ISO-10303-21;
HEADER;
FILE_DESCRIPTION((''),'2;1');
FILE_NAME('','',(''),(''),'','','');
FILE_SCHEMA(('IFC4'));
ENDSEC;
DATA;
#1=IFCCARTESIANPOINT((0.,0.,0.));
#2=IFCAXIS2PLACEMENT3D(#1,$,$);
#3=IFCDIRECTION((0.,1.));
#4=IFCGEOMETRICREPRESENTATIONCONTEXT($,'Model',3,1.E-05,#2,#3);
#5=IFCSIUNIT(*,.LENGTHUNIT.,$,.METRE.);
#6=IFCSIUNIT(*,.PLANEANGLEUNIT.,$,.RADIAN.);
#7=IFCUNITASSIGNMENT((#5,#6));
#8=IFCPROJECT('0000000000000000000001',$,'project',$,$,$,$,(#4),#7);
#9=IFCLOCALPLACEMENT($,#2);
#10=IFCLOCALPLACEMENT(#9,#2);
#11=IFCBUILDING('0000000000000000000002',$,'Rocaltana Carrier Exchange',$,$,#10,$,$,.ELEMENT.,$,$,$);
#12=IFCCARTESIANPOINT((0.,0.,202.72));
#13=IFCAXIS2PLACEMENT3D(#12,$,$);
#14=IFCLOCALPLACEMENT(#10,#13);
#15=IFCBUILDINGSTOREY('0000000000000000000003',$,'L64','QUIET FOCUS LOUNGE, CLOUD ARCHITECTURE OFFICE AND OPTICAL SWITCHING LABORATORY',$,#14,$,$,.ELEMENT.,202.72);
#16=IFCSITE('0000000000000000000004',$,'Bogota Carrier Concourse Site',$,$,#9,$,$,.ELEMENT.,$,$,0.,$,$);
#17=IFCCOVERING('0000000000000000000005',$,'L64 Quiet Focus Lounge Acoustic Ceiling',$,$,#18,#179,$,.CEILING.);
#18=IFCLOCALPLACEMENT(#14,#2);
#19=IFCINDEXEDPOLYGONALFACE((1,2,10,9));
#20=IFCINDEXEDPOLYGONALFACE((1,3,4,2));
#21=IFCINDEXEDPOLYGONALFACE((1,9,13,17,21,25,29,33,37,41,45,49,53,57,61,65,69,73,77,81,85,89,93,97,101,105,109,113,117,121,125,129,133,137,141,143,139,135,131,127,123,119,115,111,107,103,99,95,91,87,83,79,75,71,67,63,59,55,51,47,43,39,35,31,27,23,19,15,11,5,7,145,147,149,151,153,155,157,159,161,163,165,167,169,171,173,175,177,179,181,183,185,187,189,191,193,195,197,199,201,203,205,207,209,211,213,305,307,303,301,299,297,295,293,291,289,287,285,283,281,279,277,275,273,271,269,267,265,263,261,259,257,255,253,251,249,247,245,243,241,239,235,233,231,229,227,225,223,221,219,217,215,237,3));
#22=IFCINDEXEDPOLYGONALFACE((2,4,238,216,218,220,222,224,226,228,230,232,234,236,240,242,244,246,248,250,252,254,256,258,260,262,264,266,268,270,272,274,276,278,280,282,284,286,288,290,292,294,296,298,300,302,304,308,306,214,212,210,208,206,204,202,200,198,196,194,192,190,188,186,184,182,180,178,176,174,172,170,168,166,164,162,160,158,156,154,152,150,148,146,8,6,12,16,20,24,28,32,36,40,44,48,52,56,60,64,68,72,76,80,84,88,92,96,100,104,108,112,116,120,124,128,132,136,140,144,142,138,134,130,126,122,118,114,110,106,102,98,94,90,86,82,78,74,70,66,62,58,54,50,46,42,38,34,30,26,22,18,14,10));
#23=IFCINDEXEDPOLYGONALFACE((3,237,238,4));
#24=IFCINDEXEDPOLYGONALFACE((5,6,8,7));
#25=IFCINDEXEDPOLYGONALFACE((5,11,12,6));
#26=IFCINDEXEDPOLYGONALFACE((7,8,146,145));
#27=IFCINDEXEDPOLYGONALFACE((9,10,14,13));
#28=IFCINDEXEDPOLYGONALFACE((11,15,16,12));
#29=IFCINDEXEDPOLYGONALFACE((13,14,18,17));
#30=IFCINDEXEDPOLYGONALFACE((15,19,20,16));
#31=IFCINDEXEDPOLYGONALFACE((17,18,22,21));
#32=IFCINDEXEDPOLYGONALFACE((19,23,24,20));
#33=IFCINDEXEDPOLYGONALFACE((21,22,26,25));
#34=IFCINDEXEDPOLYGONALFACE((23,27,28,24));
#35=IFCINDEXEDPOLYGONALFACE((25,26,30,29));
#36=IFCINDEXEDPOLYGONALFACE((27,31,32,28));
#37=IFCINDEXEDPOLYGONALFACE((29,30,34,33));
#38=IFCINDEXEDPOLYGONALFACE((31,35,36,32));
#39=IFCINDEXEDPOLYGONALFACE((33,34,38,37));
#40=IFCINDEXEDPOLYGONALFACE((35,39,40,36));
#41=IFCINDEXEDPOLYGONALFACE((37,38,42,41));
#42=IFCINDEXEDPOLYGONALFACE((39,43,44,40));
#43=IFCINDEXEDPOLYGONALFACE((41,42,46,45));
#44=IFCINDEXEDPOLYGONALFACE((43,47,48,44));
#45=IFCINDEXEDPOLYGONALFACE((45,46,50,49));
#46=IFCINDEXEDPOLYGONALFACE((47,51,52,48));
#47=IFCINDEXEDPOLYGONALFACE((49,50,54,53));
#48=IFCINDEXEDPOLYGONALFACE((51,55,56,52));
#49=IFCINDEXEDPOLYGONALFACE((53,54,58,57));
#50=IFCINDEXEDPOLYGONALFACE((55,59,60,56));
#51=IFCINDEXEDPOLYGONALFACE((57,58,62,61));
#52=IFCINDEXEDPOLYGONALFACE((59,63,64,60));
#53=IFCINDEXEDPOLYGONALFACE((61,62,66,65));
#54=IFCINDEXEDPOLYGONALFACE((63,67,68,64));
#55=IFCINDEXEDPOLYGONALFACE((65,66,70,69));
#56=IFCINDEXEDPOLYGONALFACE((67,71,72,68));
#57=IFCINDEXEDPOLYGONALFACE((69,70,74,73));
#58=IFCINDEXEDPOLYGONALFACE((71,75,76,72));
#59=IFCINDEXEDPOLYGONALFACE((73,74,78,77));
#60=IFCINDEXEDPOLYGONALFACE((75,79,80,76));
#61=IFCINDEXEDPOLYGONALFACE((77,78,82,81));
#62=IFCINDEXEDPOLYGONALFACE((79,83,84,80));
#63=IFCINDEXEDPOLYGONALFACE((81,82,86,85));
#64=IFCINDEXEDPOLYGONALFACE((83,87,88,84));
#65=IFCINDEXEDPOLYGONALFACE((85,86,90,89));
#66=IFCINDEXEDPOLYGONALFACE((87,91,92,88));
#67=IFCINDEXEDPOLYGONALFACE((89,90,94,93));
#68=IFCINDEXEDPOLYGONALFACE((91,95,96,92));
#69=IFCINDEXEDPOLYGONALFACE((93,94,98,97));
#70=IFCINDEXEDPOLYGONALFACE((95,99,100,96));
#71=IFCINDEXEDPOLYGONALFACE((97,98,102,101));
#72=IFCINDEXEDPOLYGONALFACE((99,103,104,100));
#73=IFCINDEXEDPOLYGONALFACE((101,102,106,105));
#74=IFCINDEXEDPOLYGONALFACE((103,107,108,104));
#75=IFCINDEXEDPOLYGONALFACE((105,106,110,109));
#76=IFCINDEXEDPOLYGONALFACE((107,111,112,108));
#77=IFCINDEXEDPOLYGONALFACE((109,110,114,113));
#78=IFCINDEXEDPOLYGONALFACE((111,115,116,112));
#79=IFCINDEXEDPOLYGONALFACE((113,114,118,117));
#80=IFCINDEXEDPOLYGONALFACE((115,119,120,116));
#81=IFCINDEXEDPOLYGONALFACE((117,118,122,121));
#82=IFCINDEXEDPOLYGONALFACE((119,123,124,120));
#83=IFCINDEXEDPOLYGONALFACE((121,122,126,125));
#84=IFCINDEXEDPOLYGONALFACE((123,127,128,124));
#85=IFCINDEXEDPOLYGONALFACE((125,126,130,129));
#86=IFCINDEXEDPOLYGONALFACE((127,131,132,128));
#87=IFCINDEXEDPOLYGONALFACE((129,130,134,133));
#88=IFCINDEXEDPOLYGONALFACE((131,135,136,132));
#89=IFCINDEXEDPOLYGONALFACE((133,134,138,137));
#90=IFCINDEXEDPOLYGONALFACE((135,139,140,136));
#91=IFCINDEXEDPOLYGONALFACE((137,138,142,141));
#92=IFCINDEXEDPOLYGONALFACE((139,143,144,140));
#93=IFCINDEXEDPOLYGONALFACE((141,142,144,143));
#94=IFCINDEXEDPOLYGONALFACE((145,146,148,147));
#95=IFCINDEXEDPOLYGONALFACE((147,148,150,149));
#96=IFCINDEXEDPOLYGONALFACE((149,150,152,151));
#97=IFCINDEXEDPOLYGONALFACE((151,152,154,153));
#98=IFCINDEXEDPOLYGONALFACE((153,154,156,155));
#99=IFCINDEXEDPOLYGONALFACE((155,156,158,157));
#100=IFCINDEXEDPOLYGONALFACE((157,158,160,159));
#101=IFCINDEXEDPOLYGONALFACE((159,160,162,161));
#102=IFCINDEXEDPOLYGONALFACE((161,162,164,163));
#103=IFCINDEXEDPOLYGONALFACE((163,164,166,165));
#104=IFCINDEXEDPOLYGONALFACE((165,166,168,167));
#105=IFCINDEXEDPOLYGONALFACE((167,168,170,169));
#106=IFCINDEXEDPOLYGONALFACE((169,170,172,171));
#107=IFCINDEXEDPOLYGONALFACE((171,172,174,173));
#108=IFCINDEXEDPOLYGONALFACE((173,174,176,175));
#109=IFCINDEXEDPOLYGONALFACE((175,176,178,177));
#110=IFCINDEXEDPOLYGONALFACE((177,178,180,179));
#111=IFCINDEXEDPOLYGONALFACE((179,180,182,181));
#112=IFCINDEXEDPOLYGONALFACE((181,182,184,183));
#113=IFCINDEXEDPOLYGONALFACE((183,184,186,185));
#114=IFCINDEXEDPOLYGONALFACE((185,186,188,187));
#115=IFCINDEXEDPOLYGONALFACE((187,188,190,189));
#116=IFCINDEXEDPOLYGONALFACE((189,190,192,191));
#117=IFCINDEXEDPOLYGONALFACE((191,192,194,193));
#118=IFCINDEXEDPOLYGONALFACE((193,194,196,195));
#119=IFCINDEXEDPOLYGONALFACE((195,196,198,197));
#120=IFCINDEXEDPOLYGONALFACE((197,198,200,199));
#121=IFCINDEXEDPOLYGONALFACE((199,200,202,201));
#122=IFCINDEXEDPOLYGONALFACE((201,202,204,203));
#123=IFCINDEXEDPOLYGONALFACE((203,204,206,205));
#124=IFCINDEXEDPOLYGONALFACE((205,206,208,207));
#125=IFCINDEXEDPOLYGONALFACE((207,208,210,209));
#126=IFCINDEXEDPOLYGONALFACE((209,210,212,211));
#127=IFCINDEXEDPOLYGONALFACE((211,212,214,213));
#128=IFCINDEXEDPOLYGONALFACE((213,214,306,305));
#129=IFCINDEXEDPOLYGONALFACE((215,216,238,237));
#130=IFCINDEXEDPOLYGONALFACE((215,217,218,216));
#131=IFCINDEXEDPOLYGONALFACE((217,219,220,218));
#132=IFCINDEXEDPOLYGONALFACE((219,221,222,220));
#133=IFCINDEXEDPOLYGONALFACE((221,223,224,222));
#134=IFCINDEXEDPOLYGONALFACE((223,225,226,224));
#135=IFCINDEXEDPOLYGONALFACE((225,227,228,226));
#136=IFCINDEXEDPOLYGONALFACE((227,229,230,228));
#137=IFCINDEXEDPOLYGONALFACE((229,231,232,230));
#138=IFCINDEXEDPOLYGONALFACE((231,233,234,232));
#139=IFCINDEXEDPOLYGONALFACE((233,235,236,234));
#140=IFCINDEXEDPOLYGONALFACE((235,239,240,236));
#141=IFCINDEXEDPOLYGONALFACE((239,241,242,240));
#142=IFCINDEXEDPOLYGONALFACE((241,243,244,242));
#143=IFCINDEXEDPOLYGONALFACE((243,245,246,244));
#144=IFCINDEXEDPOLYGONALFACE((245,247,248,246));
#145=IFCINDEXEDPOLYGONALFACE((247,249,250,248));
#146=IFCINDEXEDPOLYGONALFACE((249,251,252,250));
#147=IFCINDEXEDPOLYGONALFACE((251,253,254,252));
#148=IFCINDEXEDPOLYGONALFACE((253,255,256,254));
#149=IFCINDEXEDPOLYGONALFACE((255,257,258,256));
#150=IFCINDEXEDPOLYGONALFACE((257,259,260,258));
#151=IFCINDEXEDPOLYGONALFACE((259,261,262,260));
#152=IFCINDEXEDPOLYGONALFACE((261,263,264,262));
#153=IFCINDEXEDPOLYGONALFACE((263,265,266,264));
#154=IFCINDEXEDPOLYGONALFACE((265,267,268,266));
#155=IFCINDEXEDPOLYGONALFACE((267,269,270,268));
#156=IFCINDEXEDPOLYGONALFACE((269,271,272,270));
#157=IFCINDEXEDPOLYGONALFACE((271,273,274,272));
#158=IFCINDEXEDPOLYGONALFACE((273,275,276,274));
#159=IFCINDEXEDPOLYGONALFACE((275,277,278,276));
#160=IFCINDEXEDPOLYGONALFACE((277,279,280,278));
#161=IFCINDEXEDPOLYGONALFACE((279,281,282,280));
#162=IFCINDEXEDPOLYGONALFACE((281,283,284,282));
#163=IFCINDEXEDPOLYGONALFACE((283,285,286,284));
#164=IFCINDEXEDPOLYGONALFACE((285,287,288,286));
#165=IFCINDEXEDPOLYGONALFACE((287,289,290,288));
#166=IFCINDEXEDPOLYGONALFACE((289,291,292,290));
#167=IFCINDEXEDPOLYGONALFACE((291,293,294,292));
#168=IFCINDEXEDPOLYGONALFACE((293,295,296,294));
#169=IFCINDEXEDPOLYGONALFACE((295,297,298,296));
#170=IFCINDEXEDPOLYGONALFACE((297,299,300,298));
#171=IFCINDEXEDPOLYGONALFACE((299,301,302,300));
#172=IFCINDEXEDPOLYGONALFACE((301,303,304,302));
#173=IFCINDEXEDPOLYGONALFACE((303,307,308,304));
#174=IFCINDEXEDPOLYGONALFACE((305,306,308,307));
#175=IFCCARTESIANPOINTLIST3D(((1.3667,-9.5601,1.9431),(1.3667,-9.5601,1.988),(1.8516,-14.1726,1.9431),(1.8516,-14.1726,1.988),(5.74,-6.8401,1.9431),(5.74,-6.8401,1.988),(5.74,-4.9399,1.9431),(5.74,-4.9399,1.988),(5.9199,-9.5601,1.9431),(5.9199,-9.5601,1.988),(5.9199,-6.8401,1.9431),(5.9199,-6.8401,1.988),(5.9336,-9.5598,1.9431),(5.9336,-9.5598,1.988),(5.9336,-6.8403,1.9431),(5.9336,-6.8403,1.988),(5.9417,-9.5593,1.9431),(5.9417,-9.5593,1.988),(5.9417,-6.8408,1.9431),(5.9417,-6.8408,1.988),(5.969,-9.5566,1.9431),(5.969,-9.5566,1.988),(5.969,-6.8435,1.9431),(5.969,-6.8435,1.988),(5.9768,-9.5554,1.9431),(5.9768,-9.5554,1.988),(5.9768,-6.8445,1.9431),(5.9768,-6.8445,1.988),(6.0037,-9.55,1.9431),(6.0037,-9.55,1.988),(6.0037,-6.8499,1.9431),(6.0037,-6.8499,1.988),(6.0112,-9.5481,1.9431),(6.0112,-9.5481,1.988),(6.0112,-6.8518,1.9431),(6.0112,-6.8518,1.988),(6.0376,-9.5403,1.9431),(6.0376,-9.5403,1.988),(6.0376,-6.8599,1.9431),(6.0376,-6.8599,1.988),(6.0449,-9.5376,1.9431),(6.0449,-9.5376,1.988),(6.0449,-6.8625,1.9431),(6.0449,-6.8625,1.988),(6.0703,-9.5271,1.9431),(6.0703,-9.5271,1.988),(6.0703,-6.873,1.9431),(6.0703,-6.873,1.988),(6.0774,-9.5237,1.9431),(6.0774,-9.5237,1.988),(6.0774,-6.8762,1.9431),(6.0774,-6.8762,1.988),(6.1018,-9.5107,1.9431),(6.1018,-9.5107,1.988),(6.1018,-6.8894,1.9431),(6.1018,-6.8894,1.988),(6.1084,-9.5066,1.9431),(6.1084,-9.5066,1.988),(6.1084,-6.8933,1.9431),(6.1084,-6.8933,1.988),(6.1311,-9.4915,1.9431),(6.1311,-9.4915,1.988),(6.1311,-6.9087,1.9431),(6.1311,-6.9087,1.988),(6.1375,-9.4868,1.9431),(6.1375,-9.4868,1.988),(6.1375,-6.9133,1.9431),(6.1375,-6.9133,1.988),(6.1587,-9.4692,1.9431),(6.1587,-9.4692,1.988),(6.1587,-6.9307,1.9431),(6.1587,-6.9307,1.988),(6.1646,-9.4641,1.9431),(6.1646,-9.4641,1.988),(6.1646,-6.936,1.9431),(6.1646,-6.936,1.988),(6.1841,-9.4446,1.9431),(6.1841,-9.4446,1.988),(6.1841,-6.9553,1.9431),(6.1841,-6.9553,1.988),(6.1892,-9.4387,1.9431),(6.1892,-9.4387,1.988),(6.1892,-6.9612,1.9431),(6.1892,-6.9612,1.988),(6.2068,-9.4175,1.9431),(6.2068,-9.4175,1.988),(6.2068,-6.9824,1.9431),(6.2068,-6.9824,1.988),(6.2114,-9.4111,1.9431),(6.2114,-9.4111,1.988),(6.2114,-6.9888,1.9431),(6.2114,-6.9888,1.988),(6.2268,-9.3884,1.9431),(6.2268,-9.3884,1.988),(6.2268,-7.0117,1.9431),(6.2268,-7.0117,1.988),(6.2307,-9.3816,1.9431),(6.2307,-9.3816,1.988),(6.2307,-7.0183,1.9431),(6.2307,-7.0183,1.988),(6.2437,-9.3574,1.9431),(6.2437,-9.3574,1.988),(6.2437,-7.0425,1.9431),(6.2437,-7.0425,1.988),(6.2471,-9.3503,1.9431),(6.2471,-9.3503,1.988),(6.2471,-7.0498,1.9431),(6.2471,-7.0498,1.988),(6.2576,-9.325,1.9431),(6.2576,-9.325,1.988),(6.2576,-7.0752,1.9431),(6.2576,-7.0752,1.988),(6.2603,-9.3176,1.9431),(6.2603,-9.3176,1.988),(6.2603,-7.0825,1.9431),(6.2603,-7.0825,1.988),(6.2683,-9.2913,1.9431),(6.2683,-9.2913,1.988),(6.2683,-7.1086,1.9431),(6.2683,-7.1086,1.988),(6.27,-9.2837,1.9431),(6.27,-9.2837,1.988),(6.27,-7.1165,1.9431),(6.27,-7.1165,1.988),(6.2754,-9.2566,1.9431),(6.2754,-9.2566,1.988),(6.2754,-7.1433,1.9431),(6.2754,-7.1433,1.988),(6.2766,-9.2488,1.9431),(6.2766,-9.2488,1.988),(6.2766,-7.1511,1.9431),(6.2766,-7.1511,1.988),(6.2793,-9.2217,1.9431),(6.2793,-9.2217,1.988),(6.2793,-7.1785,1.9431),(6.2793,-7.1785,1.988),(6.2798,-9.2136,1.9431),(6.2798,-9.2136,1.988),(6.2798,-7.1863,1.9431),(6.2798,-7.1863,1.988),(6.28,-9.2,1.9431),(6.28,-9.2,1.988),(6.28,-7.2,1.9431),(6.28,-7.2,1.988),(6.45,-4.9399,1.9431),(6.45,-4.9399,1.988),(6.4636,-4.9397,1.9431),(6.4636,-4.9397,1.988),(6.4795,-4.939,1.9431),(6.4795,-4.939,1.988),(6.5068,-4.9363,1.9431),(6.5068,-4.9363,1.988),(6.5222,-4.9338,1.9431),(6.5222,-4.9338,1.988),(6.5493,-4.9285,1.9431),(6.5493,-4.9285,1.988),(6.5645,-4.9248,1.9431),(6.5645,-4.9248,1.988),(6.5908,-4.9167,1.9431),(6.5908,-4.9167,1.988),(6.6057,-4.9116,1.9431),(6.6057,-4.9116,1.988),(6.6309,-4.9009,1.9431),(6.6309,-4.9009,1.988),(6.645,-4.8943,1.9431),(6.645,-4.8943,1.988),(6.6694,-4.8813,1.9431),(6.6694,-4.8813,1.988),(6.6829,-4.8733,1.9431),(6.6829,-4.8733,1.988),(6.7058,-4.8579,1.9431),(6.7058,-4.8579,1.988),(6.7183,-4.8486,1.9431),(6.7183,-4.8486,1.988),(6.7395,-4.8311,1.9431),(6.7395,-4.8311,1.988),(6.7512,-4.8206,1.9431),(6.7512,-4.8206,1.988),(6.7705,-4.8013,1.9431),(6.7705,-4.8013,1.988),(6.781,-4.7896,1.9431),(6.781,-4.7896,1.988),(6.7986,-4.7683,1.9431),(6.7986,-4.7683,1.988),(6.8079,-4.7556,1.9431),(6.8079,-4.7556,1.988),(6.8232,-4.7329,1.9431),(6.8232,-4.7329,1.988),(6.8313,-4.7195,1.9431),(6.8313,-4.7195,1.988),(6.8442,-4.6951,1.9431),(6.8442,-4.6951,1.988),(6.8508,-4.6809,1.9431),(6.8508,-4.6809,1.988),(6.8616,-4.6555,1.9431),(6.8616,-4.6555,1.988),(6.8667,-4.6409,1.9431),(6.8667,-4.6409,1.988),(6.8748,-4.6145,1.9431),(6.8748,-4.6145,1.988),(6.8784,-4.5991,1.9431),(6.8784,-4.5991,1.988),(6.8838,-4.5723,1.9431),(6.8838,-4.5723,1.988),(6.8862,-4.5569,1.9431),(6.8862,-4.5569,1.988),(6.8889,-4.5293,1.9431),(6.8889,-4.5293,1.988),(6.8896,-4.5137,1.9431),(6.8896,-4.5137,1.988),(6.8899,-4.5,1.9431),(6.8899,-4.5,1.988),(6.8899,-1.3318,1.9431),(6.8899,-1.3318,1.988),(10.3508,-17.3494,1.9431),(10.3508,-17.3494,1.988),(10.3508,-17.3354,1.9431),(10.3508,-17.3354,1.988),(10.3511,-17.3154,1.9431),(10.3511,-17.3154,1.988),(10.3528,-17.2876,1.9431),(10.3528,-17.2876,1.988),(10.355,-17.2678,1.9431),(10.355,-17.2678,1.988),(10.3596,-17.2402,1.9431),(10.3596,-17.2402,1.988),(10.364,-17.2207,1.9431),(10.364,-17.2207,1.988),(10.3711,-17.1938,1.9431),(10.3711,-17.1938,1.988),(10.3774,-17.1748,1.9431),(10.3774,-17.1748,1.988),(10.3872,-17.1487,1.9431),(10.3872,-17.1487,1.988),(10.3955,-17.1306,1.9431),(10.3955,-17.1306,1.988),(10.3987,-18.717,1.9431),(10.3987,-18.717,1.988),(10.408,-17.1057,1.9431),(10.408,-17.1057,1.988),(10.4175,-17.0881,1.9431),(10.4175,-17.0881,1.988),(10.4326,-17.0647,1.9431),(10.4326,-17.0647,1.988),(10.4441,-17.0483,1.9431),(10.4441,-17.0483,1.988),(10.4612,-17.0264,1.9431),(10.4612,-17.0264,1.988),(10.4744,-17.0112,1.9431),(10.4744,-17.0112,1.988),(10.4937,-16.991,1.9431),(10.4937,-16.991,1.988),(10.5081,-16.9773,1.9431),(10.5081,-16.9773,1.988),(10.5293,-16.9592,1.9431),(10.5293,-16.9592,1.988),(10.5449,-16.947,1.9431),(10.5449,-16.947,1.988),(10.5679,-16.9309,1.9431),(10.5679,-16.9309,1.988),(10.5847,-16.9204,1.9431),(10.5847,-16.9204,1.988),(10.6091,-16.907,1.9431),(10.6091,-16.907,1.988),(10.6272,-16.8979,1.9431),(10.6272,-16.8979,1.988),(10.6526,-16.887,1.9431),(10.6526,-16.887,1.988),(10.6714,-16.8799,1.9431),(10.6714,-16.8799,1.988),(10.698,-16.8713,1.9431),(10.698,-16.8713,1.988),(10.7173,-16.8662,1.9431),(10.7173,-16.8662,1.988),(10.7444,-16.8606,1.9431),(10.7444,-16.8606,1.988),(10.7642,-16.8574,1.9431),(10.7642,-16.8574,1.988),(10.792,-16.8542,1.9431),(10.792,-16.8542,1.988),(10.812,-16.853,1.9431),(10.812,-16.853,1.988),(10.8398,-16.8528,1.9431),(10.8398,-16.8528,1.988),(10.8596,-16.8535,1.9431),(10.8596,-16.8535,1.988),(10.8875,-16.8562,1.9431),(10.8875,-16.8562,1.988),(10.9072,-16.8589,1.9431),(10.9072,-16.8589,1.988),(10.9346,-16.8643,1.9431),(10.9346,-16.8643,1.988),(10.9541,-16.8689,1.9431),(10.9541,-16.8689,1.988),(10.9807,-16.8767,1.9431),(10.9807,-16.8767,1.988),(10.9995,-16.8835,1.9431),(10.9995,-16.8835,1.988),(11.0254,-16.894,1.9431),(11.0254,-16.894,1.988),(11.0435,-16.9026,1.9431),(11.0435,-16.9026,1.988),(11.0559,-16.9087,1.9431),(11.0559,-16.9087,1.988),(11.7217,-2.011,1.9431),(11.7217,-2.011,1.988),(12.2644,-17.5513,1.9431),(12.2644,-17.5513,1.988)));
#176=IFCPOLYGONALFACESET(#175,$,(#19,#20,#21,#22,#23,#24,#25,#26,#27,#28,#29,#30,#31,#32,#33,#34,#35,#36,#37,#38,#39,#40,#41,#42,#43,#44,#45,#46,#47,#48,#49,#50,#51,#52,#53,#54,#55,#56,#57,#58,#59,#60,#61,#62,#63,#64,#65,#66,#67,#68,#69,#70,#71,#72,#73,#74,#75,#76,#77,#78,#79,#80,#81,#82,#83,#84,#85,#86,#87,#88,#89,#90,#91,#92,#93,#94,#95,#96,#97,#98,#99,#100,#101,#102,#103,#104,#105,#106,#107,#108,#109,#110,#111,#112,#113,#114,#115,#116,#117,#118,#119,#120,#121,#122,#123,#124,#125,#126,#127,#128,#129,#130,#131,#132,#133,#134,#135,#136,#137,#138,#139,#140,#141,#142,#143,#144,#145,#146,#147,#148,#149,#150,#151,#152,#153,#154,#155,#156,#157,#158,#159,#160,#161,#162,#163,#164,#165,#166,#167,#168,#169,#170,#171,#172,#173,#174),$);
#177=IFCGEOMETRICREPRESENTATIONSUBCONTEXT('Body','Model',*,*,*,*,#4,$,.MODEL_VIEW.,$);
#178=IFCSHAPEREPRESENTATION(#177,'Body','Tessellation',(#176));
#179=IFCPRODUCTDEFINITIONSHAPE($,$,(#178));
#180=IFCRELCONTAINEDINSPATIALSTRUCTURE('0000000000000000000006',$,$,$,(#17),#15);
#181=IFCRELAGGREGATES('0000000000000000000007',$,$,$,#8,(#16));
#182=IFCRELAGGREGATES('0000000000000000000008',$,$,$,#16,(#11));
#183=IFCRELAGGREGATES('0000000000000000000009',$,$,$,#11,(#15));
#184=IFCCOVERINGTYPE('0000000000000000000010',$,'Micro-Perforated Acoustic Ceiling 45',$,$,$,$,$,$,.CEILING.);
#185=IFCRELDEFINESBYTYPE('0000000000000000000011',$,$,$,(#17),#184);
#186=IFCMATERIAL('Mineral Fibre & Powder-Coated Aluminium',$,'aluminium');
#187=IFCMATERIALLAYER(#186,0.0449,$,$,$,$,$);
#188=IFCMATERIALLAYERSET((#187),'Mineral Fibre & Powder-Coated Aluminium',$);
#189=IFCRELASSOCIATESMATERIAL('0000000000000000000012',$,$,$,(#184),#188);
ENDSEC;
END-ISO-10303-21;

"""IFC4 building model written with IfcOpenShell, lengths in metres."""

from ifc_helpers import new_model, si_unit, direction, frame, origin, place, context, subcontext, project, spatial, polyline, outline, extrude, material, layer, layer_set, type_object, element, save


model = new_model("IFC4")

# Units and contexts
model_context = context("Model", 3, precision=1e-05, world=origin(), true_north=direction((0.0, 1.0)))
body_context = subcontext(model_context, "Body", "Model", "MODEL_VIEW")
ifc_project = project(units=[si_unit("LENGTHUNIT", "METRE"), si_unit("PLANEANGLEUNIT", "RADIAN")], contexts=[model_context])

# Site, building, storey
site_placement = place(None, origin())
site = spatial("IfcSite", under=ifc_project, at=site_placement, Name="Bogota Carrier Concourse Site", CompositionType="ELEMENT", RefElevation=0.0)
building_placement = place(site_placement, origin())
building = spatial("IfcBuilding", under=site, at=building_placement, Name="Rocaltana Carrier Exchange", CompositionType="ELEMENT")
storey_placement = place(building_placement, frame((0.0, 0.0, 202.72)))
storey = spatial("IfcBuildingStorey", under=building, at=storey_placement, Name="L64", Description="QUIET FOCUS LOUNGE, CLOUD ARCHITECTURE OFFICE AND OPTICAL SWITCHING LABORATORY", CompositionType="ELEMENT", Elevation=202.72)

# Covering
ifc_material_1 = material(Name="Mineral Fibre & Powder-Coated Aluminium", Category="aluminium")
ifc_layer_1 = layer(ifc_material_1, 0.0449)
ifc_layer_set_1 = layer_set([ifc_layer_1], Name="Mineral Fibre & Powder-Coated Aluminium")
covering_type_1 = type_object("IfcCoveringType", Name="Micro-Perforated Acoustic Ceiling 45", PredefinedType="CEILING", material=ifc_layer_set_1)
covering_1_placement = place(storey_placement, frame((0.0, 0.0, 1.9431)))
element("IfcCovering", 1, at=covering_1_placement, inside=storey, type_object=covering_type_1, Name="L64 Quiet Focus Lounge Acoustic Ceiling", PredefinedType="CEILING", context=body_context, shape_type="SweptSolid", body=[
    extrude(outline(polyline([(5.74, -6.8401), (5.74, -4.9399), (6.45, -4.9399), (6.4636, -4.9397), (6.4795, -4.939), (6.5068, -4.9363), (6.5222, -4.9338), (6.5493, -4.9285), (6.5645, -4.9248), (6.5908, -4.9167), (6.6057, -4.9116), (6.6309, -4.9009), (6.645, -4.8943), (6.6694, -4.8813), (6.6829, -4.8733), (6.7058, -4.8579), (6.7183, -4.8486), (6.7395, -4.8311), (6.7512, -4.8206), (6.7705, -4.8013), (6.781, -4.7896), (6.7986, -4.7683), (6.8079, -4.7556), (6.8232, -4.7329), (6.8313, -4.7195), (6.8442, -4.6951), (6.8508, -4.6809), (6.8616, -4.6555), (6.8667, -4.6409), (6.8748, -4.6145), (6.8784, -4.5991), (6.8838, -4.5723), (6.8862, -4.5569), (6.8889, -4.5293), (6.8896, -4.5137), (6.8899, -4.5), (6.8899, -1.3318), (11.7217, -2.011), (12.2644, -17.5513), (11.0559, -16.9087), (11.0435, -16.9026), (11.0254, -16.894), (10.9995, -16.8835), (10.9807, -16.8767), (10.9541, -16.8689), (10.9346, -16.8643), (10.9072, -16.8589), (10.8875, -16.8562), (10.8596, -16.8535), (10.8398, -16.8528), (10.812, -16.853), (10.792, -16.8542), (10.7642, -16.8574), (10.7444, -16.8606), (10.7173, -16.8662), (10.698, -16.8713), (10.6714, -16.8799), (10.6526, -16.887), (10.6272, -16.8979), (10.6091, -16.907), (10.5847, -16.9204), (10.5679, -16.9309), (10.5449, -16.947), (10.5293, -16.9592), (10.5081, -16.9773), (10.4937, -16.991), (10.4744, -17.0112), (10.4612, -17.0264), (10.4441, -17.0483), (10.4326, -17.0647), (10.4175, -17.0881), (10.408, -17.1057), (10.3955, -17.1306), (10.3872, -17.1487), (10.3774, -17.1748), (10.3711, -17.1938), (10.364, -17.2207), (10.3596, -17.2402), (10.355, -17.2678), (10.3528, -17.2876), (10.3511, -17.3154), (10.3508, -17.3354), (10.3508, -17.3494), (10.3987, -18.717), (1.8516, -14.1726), (1.3667, -9.5601), (5.9199, -9.5601), (5.9336, -9.5598), (5.9417, -9.5593), (5.969, -9.5566), (5.9768, -9.5554), (6.0037, -9.55), (6.0112, -9.5481), (6.0376, -9.5403), (6.0449, -9.5376), (6.0703, -9.5271), (6.0774, -9.5237), (6.1018, -9.5107), (6.1084, -9.5066), (6.1311, -9.4915), (6.1375, -9.4868), (6.1587, -9.4692), (6.1646, -9.4641), (6.1841, -9.4446), (6.1892, -9.4387), (6.2068, -9.4175), (6.2114, -9.4111), (6.2268, -9.3884), (6.2307, -9.3816), (6.2437, -9.3574), (6.2471, -9.3503), (6.2576, -9.325), (6.2603, -9.3176), (6.2683, -9.2913), (6.27, -9.2837), (6.2754, -9.2566), (6.2766, -9.2488), (6.2793, -9.2217), (6.2798, -9.2136), (6.28, -9.2), (6.28, -7.2), (6.2798, -7.1863), (6.2793, -7.1785), (6.2766, -7.1511), (6.2754, -7.1433), (6.27, -7.1165), (6.2683, -7.1086), (6.2603, -7.0825), (6.2576, -7.0752), (6.2471, -7.0498), (6.2437, -7.0425), (6.2307, -7.0183), (6.2268, -7.0117), (6.2114, -6.9888), (6.2068, -6.9824), (6.1892, -6.9612), (6.1841, -6.9553), (6.1646, -6.936), (6.1587, -6.9307), (6.1375, -6.9133), (6.1311, -6.9087), (6.1084, -6.8933), (6.1018, -6.8894), (6.0774, -6.8762), (6.0703, -6.873), (6.0449, -6.8625), (6.0376, -6.8599), (6.0112, -6.8518), (6.0037, -6.8499), (5.9768, -6.8445), (5.969, -6.8435), (5.9417, -6.8408), (5.9336, -6.8403), (5.9199, -6.8401), (5.74, -6.8401)])), origin(), (0.0, 0.0, 1.0), 0.0449),
])

save(model, "model.ifc")
